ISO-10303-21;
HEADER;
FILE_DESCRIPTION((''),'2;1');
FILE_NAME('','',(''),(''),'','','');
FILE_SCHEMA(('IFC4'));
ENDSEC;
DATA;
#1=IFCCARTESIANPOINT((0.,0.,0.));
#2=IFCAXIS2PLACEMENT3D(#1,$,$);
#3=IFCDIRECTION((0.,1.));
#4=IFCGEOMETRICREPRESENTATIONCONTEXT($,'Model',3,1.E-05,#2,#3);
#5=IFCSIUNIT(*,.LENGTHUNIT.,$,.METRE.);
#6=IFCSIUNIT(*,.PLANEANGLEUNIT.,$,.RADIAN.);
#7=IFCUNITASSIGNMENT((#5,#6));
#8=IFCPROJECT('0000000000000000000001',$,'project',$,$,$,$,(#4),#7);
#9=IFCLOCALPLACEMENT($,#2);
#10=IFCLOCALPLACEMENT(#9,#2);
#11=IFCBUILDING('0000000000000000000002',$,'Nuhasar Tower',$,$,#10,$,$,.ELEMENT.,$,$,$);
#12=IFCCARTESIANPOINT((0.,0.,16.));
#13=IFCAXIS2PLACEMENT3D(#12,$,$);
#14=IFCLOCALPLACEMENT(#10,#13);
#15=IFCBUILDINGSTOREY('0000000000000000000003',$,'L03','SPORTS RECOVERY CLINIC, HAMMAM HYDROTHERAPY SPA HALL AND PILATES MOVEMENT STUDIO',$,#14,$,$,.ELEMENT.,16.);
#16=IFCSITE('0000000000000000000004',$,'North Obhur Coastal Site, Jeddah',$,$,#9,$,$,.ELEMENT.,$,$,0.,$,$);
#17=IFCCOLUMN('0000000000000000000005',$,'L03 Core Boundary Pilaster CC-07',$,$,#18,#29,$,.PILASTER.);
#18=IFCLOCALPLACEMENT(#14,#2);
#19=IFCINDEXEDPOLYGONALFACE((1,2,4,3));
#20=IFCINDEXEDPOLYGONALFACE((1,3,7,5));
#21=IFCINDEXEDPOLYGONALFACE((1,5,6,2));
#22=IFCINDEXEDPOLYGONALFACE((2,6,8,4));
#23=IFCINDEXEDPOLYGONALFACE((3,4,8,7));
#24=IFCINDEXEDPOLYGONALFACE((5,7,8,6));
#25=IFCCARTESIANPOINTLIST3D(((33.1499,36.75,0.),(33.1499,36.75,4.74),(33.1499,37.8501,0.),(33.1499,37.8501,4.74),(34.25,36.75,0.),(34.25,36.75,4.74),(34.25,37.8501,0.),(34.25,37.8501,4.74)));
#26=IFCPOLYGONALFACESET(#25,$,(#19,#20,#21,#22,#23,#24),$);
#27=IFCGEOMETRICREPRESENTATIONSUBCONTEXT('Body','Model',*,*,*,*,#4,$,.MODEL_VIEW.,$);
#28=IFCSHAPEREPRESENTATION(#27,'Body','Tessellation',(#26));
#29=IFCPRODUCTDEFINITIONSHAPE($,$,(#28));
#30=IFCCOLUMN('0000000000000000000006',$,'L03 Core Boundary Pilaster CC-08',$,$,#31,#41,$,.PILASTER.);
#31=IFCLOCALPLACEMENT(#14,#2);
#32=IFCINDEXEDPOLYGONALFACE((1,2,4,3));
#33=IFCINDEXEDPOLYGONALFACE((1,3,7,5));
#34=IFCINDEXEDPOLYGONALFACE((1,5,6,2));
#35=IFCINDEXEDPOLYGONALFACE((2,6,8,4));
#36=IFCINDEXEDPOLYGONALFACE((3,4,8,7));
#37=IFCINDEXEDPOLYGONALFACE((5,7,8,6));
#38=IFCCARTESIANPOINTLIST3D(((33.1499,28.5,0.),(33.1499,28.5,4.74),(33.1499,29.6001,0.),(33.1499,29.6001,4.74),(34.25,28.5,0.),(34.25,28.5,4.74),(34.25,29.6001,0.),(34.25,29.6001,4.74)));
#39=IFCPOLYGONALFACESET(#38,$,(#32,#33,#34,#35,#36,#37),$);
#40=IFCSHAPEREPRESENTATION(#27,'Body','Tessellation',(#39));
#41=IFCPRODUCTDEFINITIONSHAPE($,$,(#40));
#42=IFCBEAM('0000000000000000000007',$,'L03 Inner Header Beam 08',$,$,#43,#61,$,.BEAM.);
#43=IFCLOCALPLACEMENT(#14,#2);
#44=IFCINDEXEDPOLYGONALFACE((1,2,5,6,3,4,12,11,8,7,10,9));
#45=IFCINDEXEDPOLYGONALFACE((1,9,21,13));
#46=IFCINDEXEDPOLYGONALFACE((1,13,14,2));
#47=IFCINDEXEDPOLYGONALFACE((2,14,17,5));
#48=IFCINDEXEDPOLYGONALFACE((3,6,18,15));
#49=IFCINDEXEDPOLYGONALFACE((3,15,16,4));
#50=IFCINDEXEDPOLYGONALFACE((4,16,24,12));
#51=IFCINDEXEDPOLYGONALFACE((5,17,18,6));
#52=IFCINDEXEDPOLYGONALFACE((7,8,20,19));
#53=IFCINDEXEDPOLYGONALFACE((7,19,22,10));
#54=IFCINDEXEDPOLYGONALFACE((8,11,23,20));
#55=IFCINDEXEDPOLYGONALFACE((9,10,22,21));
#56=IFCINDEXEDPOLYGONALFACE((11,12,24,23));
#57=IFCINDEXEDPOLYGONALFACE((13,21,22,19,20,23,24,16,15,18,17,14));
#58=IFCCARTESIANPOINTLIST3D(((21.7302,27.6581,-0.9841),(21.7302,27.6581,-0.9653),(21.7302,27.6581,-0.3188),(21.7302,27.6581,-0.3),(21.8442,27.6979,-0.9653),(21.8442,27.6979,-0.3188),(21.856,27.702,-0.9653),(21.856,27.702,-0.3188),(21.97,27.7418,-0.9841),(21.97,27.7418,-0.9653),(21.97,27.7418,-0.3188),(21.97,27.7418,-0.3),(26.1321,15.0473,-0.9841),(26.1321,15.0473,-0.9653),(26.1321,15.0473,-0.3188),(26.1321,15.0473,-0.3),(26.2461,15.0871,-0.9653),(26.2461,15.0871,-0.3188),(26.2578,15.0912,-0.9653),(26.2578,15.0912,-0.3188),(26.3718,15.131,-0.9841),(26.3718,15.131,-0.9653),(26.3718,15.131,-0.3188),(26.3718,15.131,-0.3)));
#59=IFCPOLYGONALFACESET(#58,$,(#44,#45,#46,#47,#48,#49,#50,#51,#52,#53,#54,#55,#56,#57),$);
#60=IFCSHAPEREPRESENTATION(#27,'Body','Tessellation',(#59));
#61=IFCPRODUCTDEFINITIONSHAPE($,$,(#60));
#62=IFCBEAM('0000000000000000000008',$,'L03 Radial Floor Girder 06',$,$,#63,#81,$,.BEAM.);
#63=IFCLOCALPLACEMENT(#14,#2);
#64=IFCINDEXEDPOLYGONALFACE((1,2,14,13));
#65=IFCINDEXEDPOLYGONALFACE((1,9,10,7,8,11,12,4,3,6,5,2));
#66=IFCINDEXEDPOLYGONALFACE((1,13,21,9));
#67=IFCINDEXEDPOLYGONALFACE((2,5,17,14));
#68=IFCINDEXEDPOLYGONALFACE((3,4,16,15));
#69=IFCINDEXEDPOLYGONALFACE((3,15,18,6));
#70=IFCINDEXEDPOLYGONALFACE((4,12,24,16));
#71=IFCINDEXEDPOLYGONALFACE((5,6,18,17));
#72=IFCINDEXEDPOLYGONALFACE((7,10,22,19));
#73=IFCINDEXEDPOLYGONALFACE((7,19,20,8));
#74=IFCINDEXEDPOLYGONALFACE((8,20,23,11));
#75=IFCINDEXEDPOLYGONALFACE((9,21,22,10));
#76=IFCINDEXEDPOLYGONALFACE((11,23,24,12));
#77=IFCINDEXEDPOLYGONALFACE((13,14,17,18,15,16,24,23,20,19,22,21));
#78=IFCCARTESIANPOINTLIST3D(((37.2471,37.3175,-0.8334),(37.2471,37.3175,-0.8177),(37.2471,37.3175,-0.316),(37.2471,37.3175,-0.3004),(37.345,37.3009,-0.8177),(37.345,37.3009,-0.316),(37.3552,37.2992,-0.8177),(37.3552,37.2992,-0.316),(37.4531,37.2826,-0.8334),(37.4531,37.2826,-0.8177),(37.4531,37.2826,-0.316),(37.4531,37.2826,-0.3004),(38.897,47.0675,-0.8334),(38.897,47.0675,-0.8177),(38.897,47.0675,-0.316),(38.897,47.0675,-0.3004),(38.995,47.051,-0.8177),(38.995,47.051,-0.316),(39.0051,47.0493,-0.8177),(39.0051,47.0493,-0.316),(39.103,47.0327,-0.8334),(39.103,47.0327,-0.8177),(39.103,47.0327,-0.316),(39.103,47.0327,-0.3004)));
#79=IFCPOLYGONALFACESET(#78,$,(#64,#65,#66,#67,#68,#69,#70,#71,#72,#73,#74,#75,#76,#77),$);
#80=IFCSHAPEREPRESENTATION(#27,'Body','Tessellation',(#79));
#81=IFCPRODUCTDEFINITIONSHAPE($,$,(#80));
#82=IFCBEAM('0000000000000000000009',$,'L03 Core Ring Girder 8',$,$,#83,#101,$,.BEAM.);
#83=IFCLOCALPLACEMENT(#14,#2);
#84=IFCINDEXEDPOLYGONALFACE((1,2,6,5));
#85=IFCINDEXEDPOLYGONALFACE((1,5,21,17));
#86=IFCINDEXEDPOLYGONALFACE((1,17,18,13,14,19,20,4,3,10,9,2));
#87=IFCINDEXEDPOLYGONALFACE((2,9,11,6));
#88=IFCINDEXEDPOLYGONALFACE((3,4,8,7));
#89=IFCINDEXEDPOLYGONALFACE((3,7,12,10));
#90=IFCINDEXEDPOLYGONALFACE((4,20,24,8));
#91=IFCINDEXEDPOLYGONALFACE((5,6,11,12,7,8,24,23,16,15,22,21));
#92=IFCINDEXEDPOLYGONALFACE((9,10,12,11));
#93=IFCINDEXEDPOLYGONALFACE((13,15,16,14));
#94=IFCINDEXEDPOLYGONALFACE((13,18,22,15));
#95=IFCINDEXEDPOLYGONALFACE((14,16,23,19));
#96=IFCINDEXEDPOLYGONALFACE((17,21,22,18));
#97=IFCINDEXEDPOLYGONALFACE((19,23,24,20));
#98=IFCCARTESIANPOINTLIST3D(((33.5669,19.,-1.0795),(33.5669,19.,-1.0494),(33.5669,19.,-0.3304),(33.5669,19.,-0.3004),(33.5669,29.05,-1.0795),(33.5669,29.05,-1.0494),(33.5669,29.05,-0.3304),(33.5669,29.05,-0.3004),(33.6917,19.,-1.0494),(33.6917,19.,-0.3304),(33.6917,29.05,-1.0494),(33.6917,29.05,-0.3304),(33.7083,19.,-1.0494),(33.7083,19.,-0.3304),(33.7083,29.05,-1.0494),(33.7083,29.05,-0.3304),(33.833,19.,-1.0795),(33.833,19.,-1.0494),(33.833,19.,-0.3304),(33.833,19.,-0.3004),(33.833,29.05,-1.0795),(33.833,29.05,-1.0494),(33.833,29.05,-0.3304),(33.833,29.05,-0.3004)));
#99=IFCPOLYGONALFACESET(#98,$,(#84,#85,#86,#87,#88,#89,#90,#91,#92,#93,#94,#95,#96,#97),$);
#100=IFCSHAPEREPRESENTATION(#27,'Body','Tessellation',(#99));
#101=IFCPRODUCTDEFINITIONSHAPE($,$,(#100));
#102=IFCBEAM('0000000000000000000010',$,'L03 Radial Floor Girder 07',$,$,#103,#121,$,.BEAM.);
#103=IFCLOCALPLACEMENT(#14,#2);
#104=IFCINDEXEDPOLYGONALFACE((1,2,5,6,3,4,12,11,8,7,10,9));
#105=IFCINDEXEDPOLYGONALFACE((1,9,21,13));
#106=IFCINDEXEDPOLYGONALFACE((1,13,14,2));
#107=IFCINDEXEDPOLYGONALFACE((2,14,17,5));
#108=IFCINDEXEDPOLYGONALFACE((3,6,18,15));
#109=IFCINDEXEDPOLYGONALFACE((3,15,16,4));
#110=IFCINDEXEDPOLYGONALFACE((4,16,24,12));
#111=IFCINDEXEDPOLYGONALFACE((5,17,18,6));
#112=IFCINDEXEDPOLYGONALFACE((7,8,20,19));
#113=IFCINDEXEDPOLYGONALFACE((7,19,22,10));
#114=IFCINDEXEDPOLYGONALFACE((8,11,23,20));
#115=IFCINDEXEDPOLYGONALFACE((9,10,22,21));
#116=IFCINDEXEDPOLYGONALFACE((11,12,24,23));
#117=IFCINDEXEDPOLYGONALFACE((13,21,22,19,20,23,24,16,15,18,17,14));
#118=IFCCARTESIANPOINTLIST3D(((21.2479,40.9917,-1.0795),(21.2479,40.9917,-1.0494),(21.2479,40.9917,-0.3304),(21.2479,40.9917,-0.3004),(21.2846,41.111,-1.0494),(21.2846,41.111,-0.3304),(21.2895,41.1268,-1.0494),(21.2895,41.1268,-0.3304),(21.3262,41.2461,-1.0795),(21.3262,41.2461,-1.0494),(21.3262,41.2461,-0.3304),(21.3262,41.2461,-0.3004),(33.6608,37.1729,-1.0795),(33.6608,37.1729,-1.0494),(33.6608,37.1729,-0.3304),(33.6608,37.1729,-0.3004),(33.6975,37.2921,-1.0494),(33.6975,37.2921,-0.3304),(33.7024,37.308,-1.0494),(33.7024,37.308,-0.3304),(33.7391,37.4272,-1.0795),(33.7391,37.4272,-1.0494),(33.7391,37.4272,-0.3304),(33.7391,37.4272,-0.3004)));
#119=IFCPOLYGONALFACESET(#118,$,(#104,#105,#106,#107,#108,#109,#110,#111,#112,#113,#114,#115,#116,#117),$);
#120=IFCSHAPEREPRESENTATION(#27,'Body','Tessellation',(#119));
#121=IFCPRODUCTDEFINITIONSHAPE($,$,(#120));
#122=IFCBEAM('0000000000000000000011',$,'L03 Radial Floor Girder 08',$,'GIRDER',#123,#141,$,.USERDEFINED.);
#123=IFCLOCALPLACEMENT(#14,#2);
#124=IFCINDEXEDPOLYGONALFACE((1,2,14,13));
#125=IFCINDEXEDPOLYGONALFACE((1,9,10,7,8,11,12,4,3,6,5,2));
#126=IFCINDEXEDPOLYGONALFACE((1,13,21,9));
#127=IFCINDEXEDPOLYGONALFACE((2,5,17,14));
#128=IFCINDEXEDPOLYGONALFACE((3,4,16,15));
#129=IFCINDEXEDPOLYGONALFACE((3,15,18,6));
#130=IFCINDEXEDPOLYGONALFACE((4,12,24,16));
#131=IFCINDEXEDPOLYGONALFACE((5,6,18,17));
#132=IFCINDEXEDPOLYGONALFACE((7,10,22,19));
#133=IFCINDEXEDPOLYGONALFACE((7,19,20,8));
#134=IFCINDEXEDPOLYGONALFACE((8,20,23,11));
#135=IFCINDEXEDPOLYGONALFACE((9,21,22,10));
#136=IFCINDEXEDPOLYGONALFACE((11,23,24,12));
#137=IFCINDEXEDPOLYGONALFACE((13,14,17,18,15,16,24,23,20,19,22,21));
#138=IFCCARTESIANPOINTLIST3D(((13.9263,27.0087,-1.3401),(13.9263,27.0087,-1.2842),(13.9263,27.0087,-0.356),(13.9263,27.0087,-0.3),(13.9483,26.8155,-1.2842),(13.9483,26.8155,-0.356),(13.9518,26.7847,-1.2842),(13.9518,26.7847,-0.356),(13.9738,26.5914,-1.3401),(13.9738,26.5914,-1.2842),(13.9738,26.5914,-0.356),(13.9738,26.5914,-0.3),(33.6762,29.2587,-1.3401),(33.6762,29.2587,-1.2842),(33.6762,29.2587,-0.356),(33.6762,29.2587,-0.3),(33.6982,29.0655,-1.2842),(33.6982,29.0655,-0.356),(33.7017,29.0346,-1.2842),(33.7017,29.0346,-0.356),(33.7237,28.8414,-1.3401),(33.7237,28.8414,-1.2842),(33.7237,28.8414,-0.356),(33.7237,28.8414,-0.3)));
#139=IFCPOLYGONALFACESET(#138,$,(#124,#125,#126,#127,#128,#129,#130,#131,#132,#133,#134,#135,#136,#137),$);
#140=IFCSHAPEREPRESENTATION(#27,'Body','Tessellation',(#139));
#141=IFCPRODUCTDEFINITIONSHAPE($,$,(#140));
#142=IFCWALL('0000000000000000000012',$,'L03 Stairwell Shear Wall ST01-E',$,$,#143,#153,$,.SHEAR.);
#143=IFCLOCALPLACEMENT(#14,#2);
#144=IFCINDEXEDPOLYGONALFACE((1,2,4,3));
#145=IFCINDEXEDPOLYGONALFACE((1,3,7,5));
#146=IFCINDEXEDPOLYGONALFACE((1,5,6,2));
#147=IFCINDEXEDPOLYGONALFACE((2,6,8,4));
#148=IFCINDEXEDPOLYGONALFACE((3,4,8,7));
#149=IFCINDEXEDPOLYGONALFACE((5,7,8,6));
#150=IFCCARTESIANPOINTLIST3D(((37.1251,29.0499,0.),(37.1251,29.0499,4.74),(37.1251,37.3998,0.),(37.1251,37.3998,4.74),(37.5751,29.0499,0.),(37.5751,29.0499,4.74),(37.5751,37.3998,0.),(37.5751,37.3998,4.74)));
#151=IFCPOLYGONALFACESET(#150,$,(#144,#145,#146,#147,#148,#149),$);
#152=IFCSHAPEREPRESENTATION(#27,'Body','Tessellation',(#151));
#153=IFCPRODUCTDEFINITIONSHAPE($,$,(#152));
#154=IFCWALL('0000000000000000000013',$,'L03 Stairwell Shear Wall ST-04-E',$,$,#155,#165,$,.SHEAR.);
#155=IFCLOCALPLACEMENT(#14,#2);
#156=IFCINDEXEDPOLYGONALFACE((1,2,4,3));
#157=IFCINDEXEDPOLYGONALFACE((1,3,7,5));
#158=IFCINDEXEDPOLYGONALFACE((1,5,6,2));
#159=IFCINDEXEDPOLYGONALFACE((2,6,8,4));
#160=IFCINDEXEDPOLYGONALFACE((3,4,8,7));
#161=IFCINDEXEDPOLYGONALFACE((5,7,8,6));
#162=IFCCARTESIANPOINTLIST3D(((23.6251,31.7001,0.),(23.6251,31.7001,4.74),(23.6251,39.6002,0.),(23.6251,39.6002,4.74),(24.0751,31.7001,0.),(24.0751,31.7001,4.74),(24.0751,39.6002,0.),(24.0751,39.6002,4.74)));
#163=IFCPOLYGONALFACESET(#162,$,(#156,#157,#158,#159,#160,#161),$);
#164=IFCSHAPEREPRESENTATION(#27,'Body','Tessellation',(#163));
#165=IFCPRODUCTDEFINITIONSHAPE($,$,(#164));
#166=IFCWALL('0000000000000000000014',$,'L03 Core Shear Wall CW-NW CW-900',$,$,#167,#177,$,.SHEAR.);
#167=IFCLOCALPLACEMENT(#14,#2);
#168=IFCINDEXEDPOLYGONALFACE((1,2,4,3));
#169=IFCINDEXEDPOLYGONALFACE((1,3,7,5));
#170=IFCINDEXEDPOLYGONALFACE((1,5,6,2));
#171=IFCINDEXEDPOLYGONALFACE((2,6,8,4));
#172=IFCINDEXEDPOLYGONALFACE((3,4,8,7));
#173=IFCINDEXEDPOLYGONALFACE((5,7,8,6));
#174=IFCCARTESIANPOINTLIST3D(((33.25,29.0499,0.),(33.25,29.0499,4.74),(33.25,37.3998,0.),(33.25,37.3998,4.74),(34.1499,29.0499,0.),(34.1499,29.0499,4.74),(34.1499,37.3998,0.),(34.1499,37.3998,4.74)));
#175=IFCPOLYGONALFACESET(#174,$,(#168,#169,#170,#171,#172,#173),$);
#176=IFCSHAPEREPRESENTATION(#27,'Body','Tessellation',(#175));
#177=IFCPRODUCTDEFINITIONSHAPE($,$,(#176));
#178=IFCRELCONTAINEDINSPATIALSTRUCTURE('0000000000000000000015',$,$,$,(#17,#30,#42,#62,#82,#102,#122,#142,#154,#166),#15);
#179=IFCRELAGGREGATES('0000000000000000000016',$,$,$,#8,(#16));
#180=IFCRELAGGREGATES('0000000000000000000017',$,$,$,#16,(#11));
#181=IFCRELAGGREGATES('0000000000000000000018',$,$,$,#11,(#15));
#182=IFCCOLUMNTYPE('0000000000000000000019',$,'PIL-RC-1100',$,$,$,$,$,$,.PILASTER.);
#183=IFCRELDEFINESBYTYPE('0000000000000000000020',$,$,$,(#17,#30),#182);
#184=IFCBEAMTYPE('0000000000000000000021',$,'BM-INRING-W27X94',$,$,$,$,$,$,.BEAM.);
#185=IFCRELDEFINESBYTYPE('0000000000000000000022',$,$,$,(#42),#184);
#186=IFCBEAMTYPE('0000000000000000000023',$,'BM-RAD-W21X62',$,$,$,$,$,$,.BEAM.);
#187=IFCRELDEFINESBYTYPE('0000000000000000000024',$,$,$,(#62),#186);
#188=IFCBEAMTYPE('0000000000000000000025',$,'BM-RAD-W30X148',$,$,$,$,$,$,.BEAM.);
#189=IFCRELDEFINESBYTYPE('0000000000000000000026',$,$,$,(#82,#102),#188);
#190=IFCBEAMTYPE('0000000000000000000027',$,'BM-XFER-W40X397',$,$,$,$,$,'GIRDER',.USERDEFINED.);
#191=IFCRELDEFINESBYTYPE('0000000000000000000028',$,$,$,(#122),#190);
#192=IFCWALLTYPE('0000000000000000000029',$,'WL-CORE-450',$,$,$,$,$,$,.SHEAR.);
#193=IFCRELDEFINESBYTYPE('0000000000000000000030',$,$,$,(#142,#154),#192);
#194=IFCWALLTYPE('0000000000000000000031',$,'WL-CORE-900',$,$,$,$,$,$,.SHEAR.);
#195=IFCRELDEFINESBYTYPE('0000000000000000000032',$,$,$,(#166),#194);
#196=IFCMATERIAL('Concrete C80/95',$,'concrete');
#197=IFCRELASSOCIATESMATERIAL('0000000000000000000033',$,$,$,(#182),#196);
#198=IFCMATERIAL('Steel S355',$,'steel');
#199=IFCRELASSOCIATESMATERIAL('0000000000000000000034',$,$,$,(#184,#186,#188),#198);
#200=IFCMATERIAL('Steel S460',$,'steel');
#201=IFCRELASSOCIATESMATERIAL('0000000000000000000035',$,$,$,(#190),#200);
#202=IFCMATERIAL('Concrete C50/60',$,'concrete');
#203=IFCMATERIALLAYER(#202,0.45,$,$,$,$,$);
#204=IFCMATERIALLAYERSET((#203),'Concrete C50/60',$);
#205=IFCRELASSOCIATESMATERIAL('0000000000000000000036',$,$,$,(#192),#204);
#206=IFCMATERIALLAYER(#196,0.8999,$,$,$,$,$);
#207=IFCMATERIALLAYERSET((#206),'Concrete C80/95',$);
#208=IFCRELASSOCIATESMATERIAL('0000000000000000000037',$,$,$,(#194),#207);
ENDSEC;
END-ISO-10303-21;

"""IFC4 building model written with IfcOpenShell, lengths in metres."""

from ifc_helpers import new_model, si_unit, direction, frame, frame_2d, origin, origin_2d, place, context, subcontext, project, spatial, rectangle, i_section, extrude, material, layer, layer_set, material_profile, profile_set, type_object, element, save


model = new_model("IFC4")

# Units and contexts
model_context = context("Model", 3, precision=1e-05, world=origin(), true_north=direction((0.0, 1.0)))
body_context = subcontext(model_context, "Body", "Model", "MODEL_VIEW")
ifc_project = project(units=[si_unit("LENGTHUNIT", "METRE"), si_unit("PLANEANGLEUNIT", "RADIAN")], contexts=[model_context])

# Site, building, storey
site_placement = place(None, origin())
site = spatial("IfcSite", under=ifc_project, at=site_placement, Name="North Obhur Coastal Site, Jeddah", CompositionType="ELEMENT", RefElevation=0.0)
building_placement = place(site_placement, origin())
building = spatial("IfcBuilding", under=site, at=building_placement, Name="Nuhasar Tower", CompositionType="ELEMENT")
storey_placement = place(building_placement, frame((0.0, 0.0, 16.0)))
storey = spatial("IfcBuildingStorey", under=building, at=storey_placement, Name="L03", Description="SPORTS RECOVERY CLINIC, HAMMAM HYDROTHERAPY SPA HALL AND PILATES MOVEMENT STUDIO", CompositionType="ELEMENT", Elevation=16.0)

# Columns
ifc_material_1 = material(Name="Concrete C80/95", Category="concrete")
ifc_material_profile_1 = material_profile(ifc_material_1, rectangle(XDim=1.1001, YDim=1.1001, at=origin_2d()), Name="RC1100X1100")
ifc_profile_set_1 = profile_set([ifc_material_profile_1], Name="Concrete C80/95")
column_type = type_object("IfcColumnType", Name="PIL-RC-1100", PredefinedType="PILASTER", material=ifc_profile_set_1)
for number, where, z_axis, x_axis, name in (
    (1, (33.7, 37.3, 0.0), (0.0, 0.0, 1.0), (1.0, 0.0, 0.0), "L03 Core Boundary Pilaster CC-07"),
    (2, (33.7, 29.05, 0.0), (0.0, 0.0, 1.0), (1.0, 0.0, 0.0), "L03 Core Boundary Pilaster CC-08"),
):
    element("IfcColumn", number, at=place(storey_placement, frame(where, z_axis=z_axis, x_axis=x_axis)), inside=storey, type_object=column_type, Name=name, PredefinedType="PILASTER", context=body_context, shape_type="SweptSolid", body=[
        extrude(rectangle(XDim=1.1001, YDim=1.1001, at=origin_2d()), origin(), (0.0, 0.0, 1.0), 4.74),
    ])

# Beams
ifc_material_2 = material(Name="Steel S355", Category="steel")
ifc_material_profile_2 = material_profile(ifc_material_2, i_section(OverallWidth=0.2539, OverallDepth=0.6841, WebThickness=0.0125, FlangeThickness=0.0188, at=origin_2d()), Name="W27X94")
ifc_profile_set_2 = profile_set([ifc_material_profile_2], Name="Steel S355")
beam_type_1 = type_object("IfcBeamType", Name="BM-INRING-W27X94", PredefinedType="BEAM", material=ifc_profile_set_2)
beam_1_placement = place(storey_placement, frame((21.8501, 27.7, -0.6421), z_axis=(0.329554, -0.944137, 0.0), x_axis=(0.944137, 0.329554, 0.0)))
element("IfcBeam", 3, at=beam_1_placement, inside=storey, type_object=beam_type_1, Name="L03 Inner Header Beam 08", PredefinedType="BEAM", context=body_context, shape_type="SweptSolid", body=[
    extrude(i_section(OverallWidth=0.2539, OverallDepth=0.6841, WebThickness=0.0125, FlangeThickness=0.0188, at=origin_2d()), origin(), (0.0, 0.0, 1.0), 13.3569),
])
ifc_material_profile_3 = material_profile(ifc_material_2, i_section(OverallWidth=0.209, OverallDepth=0.533, WebThickness=0.0103, FlangeThickness=0.0156, at=origin_2d()), Name="W21X62")
ifc_profile_set_3 = profile_set([ifc_material_profile_3], Name="Steel S355")
beam_type_2 = type_object("IfcBeamType", Name="BM-RAD-W21X62", PredefinedType="BEAM", material=ifc_profile_set_3)
beam_2_placement = place(storey_placement, frame((37.3501, 37.3, -0.5669), z_axis=(0.166849, 0.985983, 0.0), x_axis=(-0.985983, 0.166849, 0.0)))
element("IfcBeam", 4, at=beam_2_placement, inside=storey, type_object=beam_type_2, Name="L03 Radial Floor Girder 06", PredefinedType="BEAM", context=body_context, shape_type="SweptSolid", body=[
    extrude(i_section(OverallWidth=0.209, OverallDepth=0.533, WebThickness=0.0103, FlangeThickness=0.0156, at=origin_2d()), origin(), (0.0, 0.0, 1.0), 9.8887),
])
ifc_material_profile_4 = material_profile(ifc_material_2, i_section(OverallWidth=0.2661, OverallDepth=0.7791, WebThickness=0.0166, FlangeThickness=0.03, at=origin_2d()), Name="W30X148")
ifc_profile_set_4 = profile_set([ifc_material_profile_4], Name="Steel S355")
beam_type_3 = type_object("IfcBeamType", Name="BM-RAD-W30X148", PredefinedType="BEAM", material=ifc_profile_set_4)
beam_3_placement = place(storey_placement, frame((33.7, 29.05, -0.6899), z_axis=(0.0, -1.0, 0.0), x_axis=(1.0, 0.0, 0.0)))
element("IfcBeam", 5, at=beam_3_placement, inside=storey, type_object=beam_type_3, Name="L03 Core Ring Girder 8", PredefinedType="BEAM", context=body_context, shape_type="SweptSolid", body=[
    extrude(i_section(OverallWidth=0.2661, OverallDepth=0.7791, WebThickness=0.0166, FlangeThickness=0.03, at=origin_2d()), origin(), (0.0, 0.0, 1.0), 10.05),
])
beam_4_placement = place(storey_placement, frame((33.7, 37.3, -0.6899), z_axis=(-0.95579, 0.294052, 0.0), x_axis=(-0.294052, -0.95579, 0.0)))
element("IfcBeam", 6, at=beam_4_placement, inside=storey, type_object=beam_type_3, Name="L03 Radial Floor Girder 07", PredefinedType="BEAM", context=body_context, shape_type="SweptSolid", body=[
    extrude(i_section(OverallWidth=0.2661, OverallDepth=0.7791, WebThickness=0.0166, FlangeThickness=0.03, at=origin_2d()), origin(), (0.0, 0.0, 1.0), 12.9871),
])
ifc_material_3 = material(Name="Steel S460", Category="steel")
ifc_material_profile_5 = material_profile(ifc_material_3, i_section(OverallWidth=0.4199, OverallDepth=1.04, WebThickness=0.031, FlangeThickness=0.0559, at=origin_2d()), Name="W40X397")
ifc_profile_set_5 = profile_set([ifc_material_profile_5], Name="Steel S460")
beam_type_4 = type_object("IfcBeamType", Name="BM-XFER-W40X397", ElementType="GIRDER", PredefinedType="USERDEFINED", material=ifc_profile_set_5)
beam_5_placement = place(storey_placement, frame((33.7, 29.05, -0.8201), z_axis=(-0.993573, -0.113192, 0.0), x_axis=(0.113192, -0.993573, 0.0)))
element("IfcBeam", 7, at=beam_5_placement, inside=storey, type_object=beam_type_4, Name="L03 Radial Floor Girder 08", ObjectType="GIRDER", PredefinedType="USERDEFINED", context=body_context, shape_type="SweptSolid", body=[
    extrude(i_section(OverallWidth=0.4199, OverallDepth=1.04, WebThickness=0.031, FlangeThickness=0.0559, at=origin_2d()), origin(), (0.0, 0.0, 1.0), 19.8777),
])

# Walls
ifc_material_4 = material(Name="Concrete C50/60", Category="concrete")
ifc_layer_1 = layer(ifc_material_4, 0.45)
ifc_layer_set_1 = layer_set([ifc_layer_1], Name="Concrete C50/60")
wall_type_1 = type_object("IfcWallType", Name="WL-CORE-450", PredefinedType="SHEAR", material=ifc_layer_set_1)
wall_1_placement = place(storey_placement, frame((37.3501, 29.05, 0.0), z_axis=(0.0, 0.0, 1.0), x_axis=(0.0, 1.0, 0.0)))
element("IfcWall", 8, at=wall_1_placement, inside=storey, type_object=wall_type_1, Name="L03 Stairwell Shear Wall ST01-E", PredefinedType="SHEAR", context=body_context, shape_type="SweptSolid", body=[
    extrude(rectangle(XDim=8.3499, YDim=0.45, at=frame_2d((4.1748, 0.0))), origin(), (0.0, 0.0, 1.0), 4.74),
])
wall_2_placement = place(storey_placement, frame((23.8501, 31.7, 0.0), z_axis=(0.0, 0.0, 1.0), x_axis=(0.0, 1.0, 0.0)))
element("IfcWall", 9, at=wall_2_placement, inside=storey, type_object=wall_type_1, Name="L03 Stairwell Shear Wall ST-04-E", PredefinedType="SHEAR", context=body_context, shape_type="SweptSolid", body=[
    extrude(rectangle(XDim=7.9001, YDim=0.45, at=frame_2d((3.9502, 0.0))), origin(), (0.0, 0.0, 1.0), 4.74),
])
ifc_layer_2 = layer(ifc_material_1, 0.8999)
ifc_layer_set_2 = layer_set([ifc_layer_2], Name="Concrete C80/95")
wall_type_2 = type_object("IfcWallType", Name="WL-CORE-900", PredefinedType="SHEAR", material=ifc_layer_set_2)
wall_3_placement = place(storey_placement, frame((33.7, 29.05, 0.0), z_axis=(0.0, 0.0, 1.0), x_axis=(0.0, 1.0, 0.0)))
element("IfcWall", 10, at=wall_3_placement, inside=storey, type_object=wall_type_2, Name="L03 Core Shear Wall CW-NW CW-900", PredefinedType="SHEAR", context=body_context, shape_type="SweptSolid", body=[
    extrude(rectangle(XDim=8.3499, YDim=0.8999, at=frame_2d((4.1748, 0.0))), origin(), (0.0, 0.0, 1.0), 4.74),
])

save(model, "model.ifc")
